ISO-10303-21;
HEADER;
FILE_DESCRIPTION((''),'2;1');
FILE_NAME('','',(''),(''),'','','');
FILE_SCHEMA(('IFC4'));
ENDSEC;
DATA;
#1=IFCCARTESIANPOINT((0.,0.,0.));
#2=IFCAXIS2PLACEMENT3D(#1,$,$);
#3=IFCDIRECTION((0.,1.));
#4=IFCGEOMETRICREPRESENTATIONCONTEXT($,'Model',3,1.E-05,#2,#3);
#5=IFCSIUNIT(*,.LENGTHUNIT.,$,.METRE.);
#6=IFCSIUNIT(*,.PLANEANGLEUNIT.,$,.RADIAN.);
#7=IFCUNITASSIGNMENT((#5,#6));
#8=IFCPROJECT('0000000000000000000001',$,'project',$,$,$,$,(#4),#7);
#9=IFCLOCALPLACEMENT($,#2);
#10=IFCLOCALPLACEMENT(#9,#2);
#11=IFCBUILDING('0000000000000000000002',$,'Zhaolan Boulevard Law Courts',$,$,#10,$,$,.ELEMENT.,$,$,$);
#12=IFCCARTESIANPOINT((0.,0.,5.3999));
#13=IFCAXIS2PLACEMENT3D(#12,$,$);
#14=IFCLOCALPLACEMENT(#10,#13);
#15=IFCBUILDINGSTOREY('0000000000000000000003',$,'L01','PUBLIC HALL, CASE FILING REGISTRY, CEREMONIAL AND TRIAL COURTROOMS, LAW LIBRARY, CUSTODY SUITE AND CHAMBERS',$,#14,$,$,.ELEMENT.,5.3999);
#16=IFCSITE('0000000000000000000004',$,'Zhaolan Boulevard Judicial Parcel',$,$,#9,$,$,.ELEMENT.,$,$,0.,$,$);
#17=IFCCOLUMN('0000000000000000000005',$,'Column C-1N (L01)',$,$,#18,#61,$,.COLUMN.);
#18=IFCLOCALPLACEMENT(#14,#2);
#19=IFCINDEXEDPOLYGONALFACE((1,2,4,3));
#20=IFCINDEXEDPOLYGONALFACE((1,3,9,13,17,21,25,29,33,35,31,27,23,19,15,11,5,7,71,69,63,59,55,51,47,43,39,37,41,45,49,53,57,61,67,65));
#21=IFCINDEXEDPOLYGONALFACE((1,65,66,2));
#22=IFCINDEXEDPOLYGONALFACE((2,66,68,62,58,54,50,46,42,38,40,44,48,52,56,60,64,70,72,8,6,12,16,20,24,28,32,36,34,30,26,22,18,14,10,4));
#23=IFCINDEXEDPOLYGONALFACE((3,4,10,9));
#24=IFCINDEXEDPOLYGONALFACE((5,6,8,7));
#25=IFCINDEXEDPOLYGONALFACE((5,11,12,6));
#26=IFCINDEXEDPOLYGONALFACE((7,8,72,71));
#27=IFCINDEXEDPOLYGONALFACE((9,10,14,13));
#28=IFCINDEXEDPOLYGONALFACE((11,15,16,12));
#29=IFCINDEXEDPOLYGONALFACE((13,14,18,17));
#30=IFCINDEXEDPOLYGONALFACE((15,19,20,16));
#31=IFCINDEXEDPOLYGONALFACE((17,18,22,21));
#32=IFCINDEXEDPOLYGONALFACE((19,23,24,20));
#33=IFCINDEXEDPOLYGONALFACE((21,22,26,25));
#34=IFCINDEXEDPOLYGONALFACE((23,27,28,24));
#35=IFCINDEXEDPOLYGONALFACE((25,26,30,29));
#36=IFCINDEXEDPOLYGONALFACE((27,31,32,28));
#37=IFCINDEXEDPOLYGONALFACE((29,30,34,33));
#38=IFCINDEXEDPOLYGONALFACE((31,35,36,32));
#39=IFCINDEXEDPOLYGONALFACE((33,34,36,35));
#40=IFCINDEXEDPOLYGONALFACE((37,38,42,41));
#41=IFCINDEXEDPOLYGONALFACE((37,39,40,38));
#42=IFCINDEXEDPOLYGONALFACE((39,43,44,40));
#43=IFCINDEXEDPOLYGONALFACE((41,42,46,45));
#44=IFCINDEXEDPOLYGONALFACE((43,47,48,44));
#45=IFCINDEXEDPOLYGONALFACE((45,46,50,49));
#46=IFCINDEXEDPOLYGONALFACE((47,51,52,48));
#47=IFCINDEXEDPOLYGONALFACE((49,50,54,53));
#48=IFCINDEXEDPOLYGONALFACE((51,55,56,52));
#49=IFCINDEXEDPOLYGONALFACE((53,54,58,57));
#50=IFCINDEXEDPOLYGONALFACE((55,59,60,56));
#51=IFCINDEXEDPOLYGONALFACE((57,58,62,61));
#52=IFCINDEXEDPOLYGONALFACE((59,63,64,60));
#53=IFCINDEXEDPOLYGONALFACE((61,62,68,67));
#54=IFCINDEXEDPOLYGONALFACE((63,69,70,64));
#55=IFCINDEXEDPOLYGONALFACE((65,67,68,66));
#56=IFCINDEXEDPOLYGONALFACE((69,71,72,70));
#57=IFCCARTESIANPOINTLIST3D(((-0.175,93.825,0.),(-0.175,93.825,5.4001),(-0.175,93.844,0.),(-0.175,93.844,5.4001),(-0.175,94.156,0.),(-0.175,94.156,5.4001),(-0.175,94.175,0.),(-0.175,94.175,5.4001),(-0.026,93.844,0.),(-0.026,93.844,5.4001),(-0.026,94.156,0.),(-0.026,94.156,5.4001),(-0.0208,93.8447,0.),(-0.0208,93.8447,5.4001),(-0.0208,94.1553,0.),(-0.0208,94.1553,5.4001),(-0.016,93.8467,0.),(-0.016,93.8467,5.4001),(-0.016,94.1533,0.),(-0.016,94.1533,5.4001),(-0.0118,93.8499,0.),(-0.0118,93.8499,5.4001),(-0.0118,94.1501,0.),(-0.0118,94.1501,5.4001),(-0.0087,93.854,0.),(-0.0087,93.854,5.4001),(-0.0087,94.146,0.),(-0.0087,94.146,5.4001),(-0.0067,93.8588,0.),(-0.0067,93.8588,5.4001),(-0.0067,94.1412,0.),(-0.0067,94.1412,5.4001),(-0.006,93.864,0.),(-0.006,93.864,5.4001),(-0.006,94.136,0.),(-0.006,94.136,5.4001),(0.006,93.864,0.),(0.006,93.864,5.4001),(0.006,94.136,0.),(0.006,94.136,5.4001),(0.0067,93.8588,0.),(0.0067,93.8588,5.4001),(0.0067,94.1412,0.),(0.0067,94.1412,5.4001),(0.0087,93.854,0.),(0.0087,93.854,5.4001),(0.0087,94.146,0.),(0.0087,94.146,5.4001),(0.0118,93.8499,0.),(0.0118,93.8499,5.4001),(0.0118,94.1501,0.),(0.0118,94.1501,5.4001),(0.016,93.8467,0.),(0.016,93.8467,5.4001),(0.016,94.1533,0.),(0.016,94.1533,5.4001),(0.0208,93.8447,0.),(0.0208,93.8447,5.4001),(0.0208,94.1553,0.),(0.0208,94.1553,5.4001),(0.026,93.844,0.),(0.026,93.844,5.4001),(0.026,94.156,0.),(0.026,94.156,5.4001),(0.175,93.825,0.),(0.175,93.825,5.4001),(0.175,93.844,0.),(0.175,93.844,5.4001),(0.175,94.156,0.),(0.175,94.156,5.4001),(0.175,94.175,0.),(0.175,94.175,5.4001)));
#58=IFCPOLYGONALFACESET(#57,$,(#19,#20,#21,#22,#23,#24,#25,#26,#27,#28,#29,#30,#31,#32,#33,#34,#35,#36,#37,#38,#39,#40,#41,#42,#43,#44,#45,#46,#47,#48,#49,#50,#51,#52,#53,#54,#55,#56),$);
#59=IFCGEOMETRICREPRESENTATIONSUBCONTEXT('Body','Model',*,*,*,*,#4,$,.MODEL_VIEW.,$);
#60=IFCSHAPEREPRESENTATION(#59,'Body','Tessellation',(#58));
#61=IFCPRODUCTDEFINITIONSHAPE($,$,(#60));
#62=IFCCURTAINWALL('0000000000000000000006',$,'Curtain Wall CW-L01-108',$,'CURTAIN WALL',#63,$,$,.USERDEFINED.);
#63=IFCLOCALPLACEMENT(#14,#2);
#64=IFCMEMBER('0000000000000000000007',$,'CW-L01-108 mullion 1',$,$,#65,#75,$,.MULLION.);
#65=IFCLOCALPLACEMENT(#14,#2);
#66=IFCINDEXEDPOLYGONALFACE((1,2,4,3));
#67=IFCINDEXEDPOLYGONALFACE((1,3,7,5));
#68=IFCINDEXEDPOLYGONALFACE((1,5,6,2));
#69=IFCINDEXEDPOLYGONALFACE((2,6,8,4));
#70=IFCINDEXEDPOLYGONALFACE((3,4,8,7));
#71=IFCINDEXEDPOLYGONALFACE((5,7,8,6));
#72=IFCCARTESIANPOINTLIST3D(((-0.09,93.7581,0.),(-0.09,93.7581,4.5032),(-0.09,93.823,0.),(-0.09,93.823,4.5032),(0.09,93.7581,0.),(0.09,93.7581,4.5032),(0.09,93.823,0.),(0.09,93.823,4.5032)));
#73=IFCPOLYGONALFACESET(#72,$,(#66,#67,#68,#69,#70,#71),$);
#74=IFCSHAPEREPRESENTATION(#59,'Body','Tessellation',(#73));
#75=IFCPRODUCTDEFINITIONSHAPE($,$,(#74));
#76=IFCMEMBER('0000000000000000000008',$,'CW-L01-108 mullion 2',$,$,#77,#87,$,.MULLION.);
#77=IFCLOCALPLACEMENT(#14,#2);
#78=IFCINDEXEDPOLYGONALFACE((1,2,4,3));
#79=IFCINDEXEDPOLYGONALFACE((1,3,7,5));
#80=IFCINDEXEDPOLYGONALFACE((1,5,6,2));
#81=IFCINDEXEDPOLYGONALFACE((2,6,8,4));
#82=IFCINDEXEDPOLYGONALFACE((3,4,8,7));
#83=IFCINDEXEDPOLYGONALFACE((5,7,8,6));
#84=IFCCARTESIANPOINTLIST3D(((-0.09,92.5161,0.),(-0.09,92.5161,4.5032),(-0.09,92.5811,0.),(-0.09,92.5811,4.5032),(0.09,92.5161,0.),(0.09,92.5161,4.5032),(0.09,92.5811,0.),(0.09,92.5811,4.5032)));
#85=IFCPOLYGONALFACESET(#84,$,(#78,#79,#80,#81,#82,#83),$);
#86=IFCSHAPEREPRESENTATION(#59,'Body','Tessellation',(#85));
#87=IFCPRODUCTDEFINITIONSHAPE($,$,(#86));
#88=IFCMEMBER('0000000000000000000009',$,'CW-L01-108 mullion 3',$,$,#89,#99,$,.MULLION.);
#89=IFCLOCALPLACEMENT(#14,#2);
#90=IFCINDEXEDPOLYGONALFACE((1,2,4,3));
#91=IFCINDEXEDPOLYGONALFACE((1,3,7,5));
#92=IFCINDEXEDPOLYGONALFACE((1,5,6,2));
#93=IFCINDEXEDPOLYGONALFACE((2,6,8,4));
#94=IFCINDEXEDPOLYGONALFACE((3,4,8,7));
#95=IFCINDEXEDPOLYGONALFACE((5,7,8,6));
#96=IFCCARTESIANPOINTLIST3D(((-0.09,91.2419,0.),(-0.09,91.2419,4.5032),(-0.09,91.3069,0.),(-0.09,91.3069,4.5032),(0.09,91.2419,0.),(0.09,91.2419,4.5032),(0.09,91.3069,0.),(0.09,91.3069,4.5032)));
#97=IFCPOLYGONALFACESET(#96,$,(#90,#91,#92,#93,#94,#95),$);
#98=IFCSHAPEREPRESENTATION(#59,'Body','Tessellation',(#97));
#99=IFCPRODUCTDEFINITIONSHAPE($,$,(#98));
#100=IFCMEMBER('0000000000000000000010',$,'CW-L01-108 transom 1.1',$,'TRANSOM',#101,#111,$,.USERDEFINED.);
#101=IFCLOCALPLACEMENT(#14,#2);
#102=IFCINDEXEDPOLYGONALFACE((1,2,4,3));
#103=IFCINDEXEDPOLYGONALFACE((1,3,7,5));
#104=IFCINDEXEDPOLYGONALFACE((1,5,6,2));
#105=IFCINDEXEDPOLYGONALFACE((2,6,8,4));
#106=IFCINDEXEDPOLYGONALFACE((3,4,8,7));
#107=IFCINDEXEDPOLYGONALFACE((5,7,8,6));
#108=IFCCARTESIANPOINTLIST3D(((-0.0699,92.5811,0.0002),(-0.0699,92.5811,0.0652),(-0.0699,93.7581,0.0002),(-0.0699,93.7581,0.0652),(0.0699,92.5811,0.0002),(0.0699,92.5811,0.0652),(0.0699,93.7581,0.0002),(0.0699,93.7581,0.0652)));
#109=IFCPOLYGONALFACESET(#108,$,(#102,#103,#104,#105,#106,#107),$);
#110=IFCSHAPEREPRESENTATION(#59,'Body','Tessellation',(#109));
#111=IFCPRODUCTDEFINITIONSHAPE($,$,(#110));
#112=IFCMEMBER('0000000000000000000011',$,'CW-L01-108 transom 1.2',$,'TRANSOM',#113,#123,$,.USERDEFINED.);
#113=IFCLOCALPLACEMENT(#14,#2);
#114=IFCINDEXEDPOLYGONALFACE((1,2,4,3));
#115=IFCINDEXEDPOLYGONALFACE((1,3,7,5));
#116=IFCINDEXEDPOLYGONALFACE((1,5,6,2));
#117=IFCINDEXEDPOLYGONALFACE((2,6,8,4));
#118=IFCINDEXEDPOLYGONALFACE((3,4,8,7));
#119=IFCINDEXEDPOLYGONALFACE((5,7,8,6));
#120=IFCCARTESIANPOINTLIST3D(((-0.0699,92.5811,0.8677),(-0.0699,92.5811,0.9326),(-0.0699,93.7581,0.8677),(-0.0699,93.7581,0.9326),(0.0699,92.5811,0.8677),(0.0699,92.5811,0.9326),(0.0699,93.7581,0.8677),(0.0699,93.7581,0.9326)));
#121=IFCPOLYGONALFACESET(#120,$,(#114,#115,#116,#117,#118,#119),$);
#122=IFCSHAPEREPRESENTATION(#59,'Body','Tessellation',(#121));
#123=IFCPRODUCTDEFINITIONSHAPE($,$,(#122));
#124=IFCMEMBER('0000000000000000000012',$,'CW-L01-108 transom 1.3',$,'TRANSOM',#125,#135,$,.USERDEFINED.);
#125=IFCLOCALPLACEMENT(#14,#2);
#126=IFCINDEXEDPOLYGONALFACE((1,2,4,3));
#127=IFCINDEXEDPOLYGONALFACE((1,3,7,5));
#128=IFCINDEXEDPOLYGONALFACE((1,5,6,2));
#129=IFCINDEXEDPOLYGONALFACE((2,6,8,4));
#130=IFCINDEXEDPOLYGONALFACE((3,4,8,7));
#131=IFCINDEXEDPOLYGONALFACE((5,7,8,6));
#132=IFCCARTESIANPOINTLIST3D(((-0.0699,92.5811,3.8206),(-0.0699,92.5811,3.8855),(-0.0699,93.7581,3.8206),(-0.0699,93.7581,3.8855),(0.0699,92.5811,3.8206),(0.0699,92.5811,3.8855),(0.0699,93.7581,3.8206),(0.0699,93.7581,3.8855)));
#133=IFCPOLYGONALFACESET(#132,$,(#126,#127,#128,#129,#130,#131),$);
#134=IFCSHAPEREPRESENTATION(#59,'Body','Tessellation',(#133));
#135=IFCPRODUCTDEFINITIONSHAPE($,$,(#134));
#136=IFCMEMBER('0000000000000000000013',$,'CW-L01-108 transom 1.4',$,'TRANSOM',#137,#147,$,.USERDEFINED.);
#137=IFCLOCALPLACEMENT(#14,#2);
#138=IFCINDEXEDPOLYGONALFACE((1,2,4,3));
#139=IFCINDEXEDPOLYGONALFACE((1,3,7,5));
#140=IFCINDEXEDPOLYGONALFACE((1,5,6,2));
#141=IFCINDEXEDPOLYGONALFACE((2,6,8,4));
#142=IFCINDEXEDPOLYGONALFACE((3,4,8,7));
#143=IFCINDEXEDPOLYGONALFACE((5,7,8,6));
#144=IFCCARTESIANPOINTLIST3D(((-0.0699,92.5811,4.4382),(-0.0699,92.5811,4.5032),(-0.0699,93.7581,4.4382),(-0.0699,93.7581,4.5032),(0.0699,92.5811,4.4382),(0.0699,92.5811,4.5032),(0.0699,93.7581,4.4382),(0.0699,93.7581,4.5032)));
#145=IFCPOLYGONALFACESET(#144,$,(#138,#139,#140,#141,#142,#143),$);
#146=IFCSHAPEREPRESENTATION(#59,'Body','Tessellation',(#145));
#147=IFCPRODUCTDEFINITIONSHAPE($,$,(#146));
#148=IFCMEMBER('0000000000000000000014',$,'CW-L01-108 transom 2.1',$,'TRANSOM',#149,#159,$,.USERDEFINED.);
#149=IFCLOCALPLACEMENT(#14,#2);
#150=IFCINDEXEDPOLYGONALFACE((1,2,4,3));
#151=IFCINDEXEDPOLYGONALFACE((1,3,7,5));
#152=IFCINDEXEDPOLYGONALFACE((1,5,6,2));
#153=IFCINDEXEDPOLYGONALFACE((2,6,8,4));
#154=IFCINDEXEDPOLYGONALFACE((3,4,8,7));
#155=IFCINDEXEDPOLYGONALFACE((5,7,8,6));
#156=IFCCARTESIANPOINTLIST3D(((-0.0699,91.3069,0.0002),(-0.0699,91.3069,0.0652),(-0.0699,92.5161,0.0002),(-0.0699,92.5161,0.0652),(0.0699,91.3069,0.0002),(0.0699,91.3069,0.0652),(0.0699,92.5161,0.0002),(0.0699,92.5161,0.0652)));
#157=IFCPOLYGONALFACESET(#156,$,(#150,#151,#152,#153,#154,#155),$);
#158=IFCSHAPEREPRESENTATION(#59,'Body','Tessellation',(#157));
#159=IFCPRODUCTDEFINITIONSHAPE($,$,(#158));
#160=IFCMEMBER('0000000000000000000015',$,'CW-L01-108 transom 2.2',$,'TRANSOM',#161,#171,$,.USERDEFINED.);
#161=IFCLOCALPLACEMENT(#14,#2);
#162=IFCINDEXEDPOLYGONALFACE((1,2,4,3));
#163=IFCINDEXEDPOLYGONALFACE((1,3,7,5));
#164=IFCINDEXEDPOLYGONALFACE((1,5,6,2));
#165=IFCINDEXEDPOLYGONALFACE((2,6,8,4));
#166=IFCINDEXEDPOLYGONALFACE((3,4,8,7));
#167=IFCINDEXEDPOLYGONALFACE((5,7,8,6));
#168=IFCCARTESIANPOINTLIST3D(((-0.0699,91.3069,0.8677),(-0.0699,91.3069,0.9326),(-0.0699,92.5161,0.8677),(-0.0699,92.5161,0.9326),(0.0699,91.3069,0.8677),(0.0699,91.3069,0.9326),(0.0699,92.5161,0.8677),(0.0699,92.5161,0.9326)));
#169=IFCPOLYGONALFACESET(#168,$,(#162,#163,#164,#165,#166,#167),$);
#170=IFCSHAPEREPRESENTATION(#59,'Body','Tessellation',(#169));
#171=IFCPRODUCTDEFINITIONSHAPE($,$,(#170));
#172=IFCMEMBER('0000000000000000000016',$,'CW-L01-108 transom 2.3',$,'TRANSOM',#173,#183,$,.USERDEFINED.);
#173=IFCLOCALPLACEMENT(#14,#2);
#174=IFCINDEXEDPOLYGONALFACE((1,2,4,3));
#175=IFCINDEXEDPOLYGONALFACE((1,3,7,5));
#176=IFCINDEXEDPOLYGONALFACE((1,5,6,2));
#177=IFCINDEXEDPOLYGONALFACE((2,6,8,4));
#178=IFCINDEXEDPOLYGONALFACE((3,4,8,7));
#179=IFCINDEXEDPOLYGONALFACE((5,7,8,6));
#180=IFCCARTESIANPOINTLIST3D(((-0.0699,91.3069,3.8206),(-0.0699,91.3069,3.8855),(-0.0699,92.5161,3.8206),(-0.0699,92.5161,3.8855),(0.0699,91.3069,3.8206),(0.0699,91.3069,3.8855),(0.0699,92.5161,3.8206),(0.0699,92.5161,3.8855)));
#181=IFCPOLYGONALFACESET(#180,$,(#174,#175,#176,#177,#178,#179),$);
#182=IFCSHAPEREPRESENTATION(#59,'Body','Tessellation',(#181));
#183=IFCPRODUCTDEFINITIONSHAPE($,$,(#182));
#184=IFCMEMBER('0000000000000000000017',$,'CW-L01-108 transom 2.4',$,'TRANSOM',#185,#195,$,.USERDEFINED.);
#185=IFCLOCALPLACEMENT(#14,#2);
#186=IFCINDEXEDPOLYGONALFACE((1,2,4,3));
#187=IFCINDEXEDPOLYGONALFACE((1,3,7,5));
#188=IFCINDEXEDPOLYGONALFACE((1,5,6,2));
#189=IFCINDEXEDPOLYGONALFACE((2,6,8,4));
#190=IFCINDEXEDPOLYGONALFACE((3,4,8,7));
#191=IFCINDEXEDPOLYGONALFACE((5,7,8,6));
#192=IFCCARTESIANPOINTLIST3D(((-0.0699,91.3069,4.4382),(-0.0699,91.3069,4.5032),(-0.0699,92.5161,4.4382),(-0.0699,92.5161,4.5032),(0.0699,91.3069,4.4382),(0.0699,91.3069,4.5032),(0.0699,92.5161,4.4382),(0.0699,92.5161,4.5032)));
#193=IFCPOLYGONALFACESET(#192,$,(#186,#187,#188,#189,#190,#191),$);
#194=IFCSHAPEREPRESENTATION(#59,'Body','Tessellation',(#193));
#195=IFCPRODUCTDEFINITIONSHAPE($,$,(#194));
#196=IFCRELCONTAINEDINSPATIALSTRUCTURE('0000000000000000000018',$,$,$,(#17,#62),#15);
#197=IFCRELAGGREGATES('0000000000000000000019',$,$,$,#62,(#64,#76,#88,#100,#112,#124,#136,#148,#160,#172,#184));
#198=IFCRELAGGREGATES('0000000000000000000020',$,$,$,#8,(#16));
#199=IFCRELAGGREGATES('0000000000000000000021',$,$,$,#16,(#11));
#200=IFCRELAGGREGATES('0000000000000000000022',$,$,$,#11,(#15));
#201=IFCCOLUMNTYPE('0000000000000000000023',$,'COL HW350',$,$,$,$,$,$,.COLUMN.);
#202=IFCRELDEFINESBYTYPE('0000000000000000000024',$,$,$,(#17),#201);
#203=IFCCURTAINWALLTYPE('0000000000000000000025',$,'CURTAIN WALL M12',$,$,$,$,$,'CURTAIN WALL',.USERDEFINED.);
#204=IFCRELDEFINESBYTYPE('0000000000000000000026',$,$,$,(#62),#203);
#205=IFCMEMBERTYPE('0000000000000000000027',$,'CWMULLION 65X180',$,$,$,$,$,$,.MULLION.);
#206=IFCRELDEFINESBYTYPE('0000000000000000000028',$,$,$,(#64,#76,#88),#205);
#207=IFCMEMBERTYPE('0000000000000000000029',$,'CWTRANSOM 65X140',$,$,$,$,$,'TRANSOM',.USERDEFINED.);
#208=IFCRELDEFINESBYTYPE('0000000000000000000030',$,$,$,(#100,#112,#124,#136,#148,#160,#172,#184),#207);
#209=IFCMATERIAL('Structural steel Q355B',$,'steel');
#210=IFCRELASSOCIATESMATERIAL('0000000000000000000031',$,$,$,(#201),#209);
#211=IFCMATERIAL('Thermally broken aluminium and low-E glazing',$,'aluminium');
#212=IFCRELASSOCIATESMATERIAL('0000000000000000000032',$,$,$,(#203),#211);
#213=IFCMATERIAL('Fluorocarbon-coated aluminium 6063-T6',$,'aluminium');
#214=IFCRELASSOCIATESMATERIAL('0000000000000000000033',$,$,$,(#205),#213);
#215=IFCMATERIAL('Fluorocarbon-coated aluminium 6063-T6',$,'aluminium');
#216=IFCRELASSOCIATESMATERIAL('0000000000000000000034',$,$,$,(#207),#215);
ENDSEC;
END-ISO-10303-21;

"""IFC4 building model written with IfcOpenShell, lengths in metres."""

from ifc_helpers import new_model, si_unit, direction, frame, origin, origin_2d, place, context, subcontext, project, spatial, rectangle, i_section, extrude, material, material_profile, profile_set, type_object, element, aggregate, save


model = new_model("IFC4")

# Units and contexts
model_context = context("Model", 3, precision=1e-05, world=origin(), true_north=direction((0.0, 1.0)))
body_context = subcontext(model_context, "Body", "Model", "MODEL_VIEW")
ifc_project = project(units=[si_unit("LENGTHUNIT", "METRE"), si_unit("PLANEANGLEUNIT", "RADIAN")], contexts=[model_context])

# Site, building, storey
site_placement = place(None, origin())
site = spatial("IfcSite", under=ifc_project, at=site_placement, Name="Zhaolan Boulevard Judicial Parcel", CompositionType="ELEMENT", RefElevation=0.0)
building_placement = place(site_placement, origin())
building = spatial("IfcBuilding", under=site, at=building_placement, Name="Zhaolan Boulevard Law Courts", CompositionType="ELEMENT")
storey_placement = place(building_placement, frame((0.0, 0.0, 5.3999)))
storey = spatial("IfcBuildingStorey", under=building, at=storey_placement, Name="L01", Description="PUBLIC HALL, CASE FILING REGISTRY, CEREMONIAL AND TRIAL COURTROOMS, LAW LIBRARY, CUSTODY SUITE AND CHAMBERS", CompositionType="ELEMENT", Elevation=5.3999)

# Column
ifc_material_1 = material(Name="Structural steel Q355B", Category="steel")
ifc_material_profile_1 = material_profile(ifc_material_1, i_section(OverallWidth=0.3501, OverallDepth=0.3501, WebThickness=0.012, FlangeThickness=0.019, FilletRadius=0.02, at=origin_2d()), Name="HW350x350")
ifc_profile_set_1 = profile_set([ifc_material_profile_1], Name="Structural steel Q355B")
column_type = type_object("IfcColumnType", Name="COL HW350", PredefinedType="COLUMN", material=ifc_profile_set_1)
column_placement = place(storey_placement, frame((0.0, 94.0, 0.0), z_axis=(0.0, 0.0, 1.0), x_axis=(1.0, 0.0, 0.0)))
element("IfcColumn", 1, at=column_placement, inside=storey, type_object=column_type, Name="Column C-1N (L01)", PredefinedType="COLUMN", context=body_context, shape_type="SweptSolid", body=[
    extrude(i_section(OverallWidth=0.3501, OverallDepth=0.3501, WebThickness=0.012, FlangeThickness=0.019, FilletRadius=0.02, at=origin_2d()), origin(), (0.0, 0.0, 1.0), 5.4001),
])

# Curtain wall, members
ifc_material_2 = material(Name="Thermally broken aluminium and low-E glazing", Category="aluminium")
curtain_wall_type = type_object("IfcCurtainWallType", Name="CURTAIN WALL M12", ElementType="CURTAIN WALL", PredefinedType="USERDEFINED", material=ifc_material_2)
curtain_wall_placement = place(storey_placement, origin())
curtain_wall = element("IfcCurtainWall", 2, at=curtain_wall_placement, inside=storey, type_object=curtain_wall_type, Name="Curtain Wall CW-L01-108", ObjectType="CURTAIN WALL", PredefinedType="USERDEFINED")
ifc_material_3 = material(Name="Fluorocarbon-coated aluminium 6063-T6", Category="aluminium")
ifc_material_profile_2 = material_profile(ifc_material_3, rectangle(XDim=0.1799, YDim=0.0649, at=origin_2d()), Name="AL65x180")
ifc_profile_set_2 = profile_set([ifc_material_profile_2], Name="Fluorocarbon-coated aluminium 6063-T6")
member_type_1 = type_object("IfcMemberType", Name="CWMULLION 65X180", PredefinedType="MULLION", material=ifc_profile_set_2)
member_1_placement = place(storey_placement, frame((0.0, 93.7905, 0.0), z_axis=(0.0, 0.0, 1.0), x_axis=(1.0, 0.0, 0.0)))
member_1 = element("IfcMember", 3, at=member_1_placement, type_object=member_type_1, Name="CW-L01-108 mullion 1", PredefinedType="MULLION", context=body_context, shape_type="SweptSolid", body=[
    extrude(rectangle(XDim=0.1799, YDim=0.0649, at=origin_2d()), origin(), (0.0, 0.0, 1.0), 4.5032),
])
member_2_placement = place(storey_placement, frame((0.0, 92.5486, 0.0), z_axis=(0.0, 0.0, 1.0), x_axis=(1.0, 0.0, 0.0)))
member_2 = element("IfcMember", 4, at=member_2_placement, type_object=member_type_1, Name="CW-L01-108 mullion 2", PredefinedType="MULLION", context=body_context, shape_type="SweptSolid", body=[
    extrude(rectangle(XDim=0.1799, YDim=0.0649, at=origin_2d()), origin(), (0.0, 0.0, 1.0), 4.5032),
])
member_3_placement = place(storey_placement, frame((0.0, 91.2744, 0.0), z_axis=(0.0, 0.0, 1.0), x_axis=(1.0, 0.0, 0.0)))
member_3 = element("IfcMember", 5, at=member_3_placement, type_object=member_type_1, Name="CW-L01-108 mullion 3", PredefinedType="MULLION", context=body_context, shape_type="SweptSolid", body=[
    extrude(rectangle(XDim=0.1799, YDim=0.0649, at=origin_2d()), origin(), (0.0, 0.0, 1.0), 4.5032),
])
ifc_material_4 = material(Name="Fluorocarbon-coated aluminium 6063-T6", Category="aluminium")
ifc_material_profile_3 = material_profile(ifc_material_4, rectangle(XDim=0.1399, YDim=0.0649, at=origin_2d()), Name="AL65x140")
ifc_profile_set_3 = profile_set([ifc_material_profile_3], Name="Fluorocarbon-coated aluminium 6063-T6")
member_type_2 = type_object("IfcMemberType", Name="CWTRANSOM 65X140", ElementType="TRANSOM", PredefinedType="USERDEFINED", material=ifc_profile_set_3)
member_4_placement = place(storey_placement, frame((0.0, 93.7581, 0.0327), z_axis=(0.0, -1.0, 0.0), x_axis=(1.0, 0.0, 0.0)))
member_4 = element("IfcMember", 6, at=member_4_placement, type_object=member_type_2, Name="CW-L01-108 transom 1.1", ObjectType="TRANSOM", PredefinedType="USERDEFINED", context=body_context, shape_type="SweptSolid", body=[
    extrude(rectangle(XDim=0.1399, YDim=0.0649, at=origin_2d()), origin(), (0.0, 0.0, 1.0), 1.177),
])
member_5_placement = place(storey_placement, frame((0.0, 93.7581, 0.9001), z_axis=(0.0, -1.0, 0.0), x_axis=(1.0, 0.0, 0.0)))
member_5 = element("IfcMember", 7, at=member_5_placement, type_object=member_type_2, Name="CW-L01-108 transom 1.2", ObjectType="TRANSOM", PredefinedType="USERDEFINED", context=body_context, shape_type="SweptSolid", body=[
    extrude(rectangle(XDim=0.1399, YDim=0.0649, at=origin_2d()), origin(), (0.0, 0.0, 1.0), 1.177),
])
member_6_placement = place(storey_placement, frame((0.0, 93.7581, 3.853), z_axis=(0.0, -1.0, 0.0), x_axis=(1.0, 0.0, 0.0)))
member_6 = element("IfcMember", 8, at=member_6_placement, type_object=member_type_2, Name="CW-L01-108 transom 1.3", ObjectType="TRANSOM", PredefinedType="USERDEFINED", context=body_context, shape_type="SweptSolid", body=[
    extrude(rectangle(XDim=0.1399, YDim=0.0649, at=origin_2d()), origin(), (0.0, 0.0, 1.0), 1.177),
])
member_7_placement = place(storey_placement, frame((0.0, 93.7581, 4.4707), z_axis=(0.0, -1.0, 0.0), x_axis=(1.0, 0.0, 0.0)))
member_7 = element("IfcMember", 9, at=member_7_placement, type_object=member_type_2, Name="CW-L01-108 transom 1.4", ObjectType="TRANSOM", PredefinedType="USERDEFINED", context=body_context, shape_type="SweptSolid", body=[
    extrude(rectangle(XDim=0.1399, YDim=0.0649, at=origin_2d()), origin(), (0.0, 0.0, 1.0), 1.177),
])
member_8_placement = place(storey_placement, frame((0.0, 92.5161, 0.0327), z_axis=(0.0, -1.0, 0.0), x_axis=(1.0, 0.0, 0.0)))
member_8 = element("IfcMember", 10, at=member_8_placement, type_object=member_type_2, Name="CW-L01-108 transom 2.1", ObjectType="TRANSOM", PredefinedType="USERDEFINED", context=body_context, shape_type="SweptSolid", body=[
    extrude(rectangle(XDim=0.1399, YDim=0.0649, at=origin_2d()), origin(), (0.0, 0.0, 1.0), 1.2092),
])
member_9_placement = place(storey_placement, frame((0.0, 92.5161, 0.9001), z_axis=(0.0, -1.0, 0.0), x_axis=(1.0, 0.0, 0.0)))
member_9 = element("IfcMember", 11, at=member_9_placement, type_object=member_type_2, Name="CW-L01-108 transom 2.2", ObjectType="TRANSOM", PredefinedType="USERDEFINED", context=body_context, shape_type="SweptSolid", body=[
    extrude(rectangle(XDim=0.1399, YDim=0.0649, at=origin_2d()), origin(), (0.0, 0.0, 1.0), 1.2092),
])
member_10_placement = place(storey_placement, frame((0.0, 92.5161, 3.853), z_axis=(0.0, -1.0, 0.0), x_axis=(1.0, 0.0, 0.0)))
member_10 = element("IfcMember", 12, at=member_10_placement, type_object=member_type_2, Name="CW-L01-108 transom 2.3", ObjectType="TRANSOM", PredefinedType="USERDEFINED", context=body_context, shape_type="SweptSolid", body=[
    extrude(rectangle(XDim=0.1399, YDim=0.0649, at=origin_2d()), origin(), (0.0, 0.0, 1.0), 1.2092),
])
member_11_placement = place(storey_placement, frame((0.0, 92.5161, 4.4707), z_axis=(0.0, -1.0, 0.0), x_axis=(1.0, 0.0, 0.0)))
member_11 = element("IfcMember", 13, at=member_11_placement, type_object=member_type_2, Name="CW-L01-108 transom 2.4", ObjectType="TRANSOM", PredefinedType="USERDEFINED", context=body_context, shape_type="SweptSolid", body=[
    extrude(rectangle(XDim=0.1399, YDim=0.0649, at=origin_2d()), origin(), (0.0, 0.0, 1.0), 1.2092),
])
aggregate(curtain_wall, [member_1, member_2, member_3, member_4, member_5, member_6, member_7, member_8, member_9, member_10, member_11])

save(model, "model.ifc")
